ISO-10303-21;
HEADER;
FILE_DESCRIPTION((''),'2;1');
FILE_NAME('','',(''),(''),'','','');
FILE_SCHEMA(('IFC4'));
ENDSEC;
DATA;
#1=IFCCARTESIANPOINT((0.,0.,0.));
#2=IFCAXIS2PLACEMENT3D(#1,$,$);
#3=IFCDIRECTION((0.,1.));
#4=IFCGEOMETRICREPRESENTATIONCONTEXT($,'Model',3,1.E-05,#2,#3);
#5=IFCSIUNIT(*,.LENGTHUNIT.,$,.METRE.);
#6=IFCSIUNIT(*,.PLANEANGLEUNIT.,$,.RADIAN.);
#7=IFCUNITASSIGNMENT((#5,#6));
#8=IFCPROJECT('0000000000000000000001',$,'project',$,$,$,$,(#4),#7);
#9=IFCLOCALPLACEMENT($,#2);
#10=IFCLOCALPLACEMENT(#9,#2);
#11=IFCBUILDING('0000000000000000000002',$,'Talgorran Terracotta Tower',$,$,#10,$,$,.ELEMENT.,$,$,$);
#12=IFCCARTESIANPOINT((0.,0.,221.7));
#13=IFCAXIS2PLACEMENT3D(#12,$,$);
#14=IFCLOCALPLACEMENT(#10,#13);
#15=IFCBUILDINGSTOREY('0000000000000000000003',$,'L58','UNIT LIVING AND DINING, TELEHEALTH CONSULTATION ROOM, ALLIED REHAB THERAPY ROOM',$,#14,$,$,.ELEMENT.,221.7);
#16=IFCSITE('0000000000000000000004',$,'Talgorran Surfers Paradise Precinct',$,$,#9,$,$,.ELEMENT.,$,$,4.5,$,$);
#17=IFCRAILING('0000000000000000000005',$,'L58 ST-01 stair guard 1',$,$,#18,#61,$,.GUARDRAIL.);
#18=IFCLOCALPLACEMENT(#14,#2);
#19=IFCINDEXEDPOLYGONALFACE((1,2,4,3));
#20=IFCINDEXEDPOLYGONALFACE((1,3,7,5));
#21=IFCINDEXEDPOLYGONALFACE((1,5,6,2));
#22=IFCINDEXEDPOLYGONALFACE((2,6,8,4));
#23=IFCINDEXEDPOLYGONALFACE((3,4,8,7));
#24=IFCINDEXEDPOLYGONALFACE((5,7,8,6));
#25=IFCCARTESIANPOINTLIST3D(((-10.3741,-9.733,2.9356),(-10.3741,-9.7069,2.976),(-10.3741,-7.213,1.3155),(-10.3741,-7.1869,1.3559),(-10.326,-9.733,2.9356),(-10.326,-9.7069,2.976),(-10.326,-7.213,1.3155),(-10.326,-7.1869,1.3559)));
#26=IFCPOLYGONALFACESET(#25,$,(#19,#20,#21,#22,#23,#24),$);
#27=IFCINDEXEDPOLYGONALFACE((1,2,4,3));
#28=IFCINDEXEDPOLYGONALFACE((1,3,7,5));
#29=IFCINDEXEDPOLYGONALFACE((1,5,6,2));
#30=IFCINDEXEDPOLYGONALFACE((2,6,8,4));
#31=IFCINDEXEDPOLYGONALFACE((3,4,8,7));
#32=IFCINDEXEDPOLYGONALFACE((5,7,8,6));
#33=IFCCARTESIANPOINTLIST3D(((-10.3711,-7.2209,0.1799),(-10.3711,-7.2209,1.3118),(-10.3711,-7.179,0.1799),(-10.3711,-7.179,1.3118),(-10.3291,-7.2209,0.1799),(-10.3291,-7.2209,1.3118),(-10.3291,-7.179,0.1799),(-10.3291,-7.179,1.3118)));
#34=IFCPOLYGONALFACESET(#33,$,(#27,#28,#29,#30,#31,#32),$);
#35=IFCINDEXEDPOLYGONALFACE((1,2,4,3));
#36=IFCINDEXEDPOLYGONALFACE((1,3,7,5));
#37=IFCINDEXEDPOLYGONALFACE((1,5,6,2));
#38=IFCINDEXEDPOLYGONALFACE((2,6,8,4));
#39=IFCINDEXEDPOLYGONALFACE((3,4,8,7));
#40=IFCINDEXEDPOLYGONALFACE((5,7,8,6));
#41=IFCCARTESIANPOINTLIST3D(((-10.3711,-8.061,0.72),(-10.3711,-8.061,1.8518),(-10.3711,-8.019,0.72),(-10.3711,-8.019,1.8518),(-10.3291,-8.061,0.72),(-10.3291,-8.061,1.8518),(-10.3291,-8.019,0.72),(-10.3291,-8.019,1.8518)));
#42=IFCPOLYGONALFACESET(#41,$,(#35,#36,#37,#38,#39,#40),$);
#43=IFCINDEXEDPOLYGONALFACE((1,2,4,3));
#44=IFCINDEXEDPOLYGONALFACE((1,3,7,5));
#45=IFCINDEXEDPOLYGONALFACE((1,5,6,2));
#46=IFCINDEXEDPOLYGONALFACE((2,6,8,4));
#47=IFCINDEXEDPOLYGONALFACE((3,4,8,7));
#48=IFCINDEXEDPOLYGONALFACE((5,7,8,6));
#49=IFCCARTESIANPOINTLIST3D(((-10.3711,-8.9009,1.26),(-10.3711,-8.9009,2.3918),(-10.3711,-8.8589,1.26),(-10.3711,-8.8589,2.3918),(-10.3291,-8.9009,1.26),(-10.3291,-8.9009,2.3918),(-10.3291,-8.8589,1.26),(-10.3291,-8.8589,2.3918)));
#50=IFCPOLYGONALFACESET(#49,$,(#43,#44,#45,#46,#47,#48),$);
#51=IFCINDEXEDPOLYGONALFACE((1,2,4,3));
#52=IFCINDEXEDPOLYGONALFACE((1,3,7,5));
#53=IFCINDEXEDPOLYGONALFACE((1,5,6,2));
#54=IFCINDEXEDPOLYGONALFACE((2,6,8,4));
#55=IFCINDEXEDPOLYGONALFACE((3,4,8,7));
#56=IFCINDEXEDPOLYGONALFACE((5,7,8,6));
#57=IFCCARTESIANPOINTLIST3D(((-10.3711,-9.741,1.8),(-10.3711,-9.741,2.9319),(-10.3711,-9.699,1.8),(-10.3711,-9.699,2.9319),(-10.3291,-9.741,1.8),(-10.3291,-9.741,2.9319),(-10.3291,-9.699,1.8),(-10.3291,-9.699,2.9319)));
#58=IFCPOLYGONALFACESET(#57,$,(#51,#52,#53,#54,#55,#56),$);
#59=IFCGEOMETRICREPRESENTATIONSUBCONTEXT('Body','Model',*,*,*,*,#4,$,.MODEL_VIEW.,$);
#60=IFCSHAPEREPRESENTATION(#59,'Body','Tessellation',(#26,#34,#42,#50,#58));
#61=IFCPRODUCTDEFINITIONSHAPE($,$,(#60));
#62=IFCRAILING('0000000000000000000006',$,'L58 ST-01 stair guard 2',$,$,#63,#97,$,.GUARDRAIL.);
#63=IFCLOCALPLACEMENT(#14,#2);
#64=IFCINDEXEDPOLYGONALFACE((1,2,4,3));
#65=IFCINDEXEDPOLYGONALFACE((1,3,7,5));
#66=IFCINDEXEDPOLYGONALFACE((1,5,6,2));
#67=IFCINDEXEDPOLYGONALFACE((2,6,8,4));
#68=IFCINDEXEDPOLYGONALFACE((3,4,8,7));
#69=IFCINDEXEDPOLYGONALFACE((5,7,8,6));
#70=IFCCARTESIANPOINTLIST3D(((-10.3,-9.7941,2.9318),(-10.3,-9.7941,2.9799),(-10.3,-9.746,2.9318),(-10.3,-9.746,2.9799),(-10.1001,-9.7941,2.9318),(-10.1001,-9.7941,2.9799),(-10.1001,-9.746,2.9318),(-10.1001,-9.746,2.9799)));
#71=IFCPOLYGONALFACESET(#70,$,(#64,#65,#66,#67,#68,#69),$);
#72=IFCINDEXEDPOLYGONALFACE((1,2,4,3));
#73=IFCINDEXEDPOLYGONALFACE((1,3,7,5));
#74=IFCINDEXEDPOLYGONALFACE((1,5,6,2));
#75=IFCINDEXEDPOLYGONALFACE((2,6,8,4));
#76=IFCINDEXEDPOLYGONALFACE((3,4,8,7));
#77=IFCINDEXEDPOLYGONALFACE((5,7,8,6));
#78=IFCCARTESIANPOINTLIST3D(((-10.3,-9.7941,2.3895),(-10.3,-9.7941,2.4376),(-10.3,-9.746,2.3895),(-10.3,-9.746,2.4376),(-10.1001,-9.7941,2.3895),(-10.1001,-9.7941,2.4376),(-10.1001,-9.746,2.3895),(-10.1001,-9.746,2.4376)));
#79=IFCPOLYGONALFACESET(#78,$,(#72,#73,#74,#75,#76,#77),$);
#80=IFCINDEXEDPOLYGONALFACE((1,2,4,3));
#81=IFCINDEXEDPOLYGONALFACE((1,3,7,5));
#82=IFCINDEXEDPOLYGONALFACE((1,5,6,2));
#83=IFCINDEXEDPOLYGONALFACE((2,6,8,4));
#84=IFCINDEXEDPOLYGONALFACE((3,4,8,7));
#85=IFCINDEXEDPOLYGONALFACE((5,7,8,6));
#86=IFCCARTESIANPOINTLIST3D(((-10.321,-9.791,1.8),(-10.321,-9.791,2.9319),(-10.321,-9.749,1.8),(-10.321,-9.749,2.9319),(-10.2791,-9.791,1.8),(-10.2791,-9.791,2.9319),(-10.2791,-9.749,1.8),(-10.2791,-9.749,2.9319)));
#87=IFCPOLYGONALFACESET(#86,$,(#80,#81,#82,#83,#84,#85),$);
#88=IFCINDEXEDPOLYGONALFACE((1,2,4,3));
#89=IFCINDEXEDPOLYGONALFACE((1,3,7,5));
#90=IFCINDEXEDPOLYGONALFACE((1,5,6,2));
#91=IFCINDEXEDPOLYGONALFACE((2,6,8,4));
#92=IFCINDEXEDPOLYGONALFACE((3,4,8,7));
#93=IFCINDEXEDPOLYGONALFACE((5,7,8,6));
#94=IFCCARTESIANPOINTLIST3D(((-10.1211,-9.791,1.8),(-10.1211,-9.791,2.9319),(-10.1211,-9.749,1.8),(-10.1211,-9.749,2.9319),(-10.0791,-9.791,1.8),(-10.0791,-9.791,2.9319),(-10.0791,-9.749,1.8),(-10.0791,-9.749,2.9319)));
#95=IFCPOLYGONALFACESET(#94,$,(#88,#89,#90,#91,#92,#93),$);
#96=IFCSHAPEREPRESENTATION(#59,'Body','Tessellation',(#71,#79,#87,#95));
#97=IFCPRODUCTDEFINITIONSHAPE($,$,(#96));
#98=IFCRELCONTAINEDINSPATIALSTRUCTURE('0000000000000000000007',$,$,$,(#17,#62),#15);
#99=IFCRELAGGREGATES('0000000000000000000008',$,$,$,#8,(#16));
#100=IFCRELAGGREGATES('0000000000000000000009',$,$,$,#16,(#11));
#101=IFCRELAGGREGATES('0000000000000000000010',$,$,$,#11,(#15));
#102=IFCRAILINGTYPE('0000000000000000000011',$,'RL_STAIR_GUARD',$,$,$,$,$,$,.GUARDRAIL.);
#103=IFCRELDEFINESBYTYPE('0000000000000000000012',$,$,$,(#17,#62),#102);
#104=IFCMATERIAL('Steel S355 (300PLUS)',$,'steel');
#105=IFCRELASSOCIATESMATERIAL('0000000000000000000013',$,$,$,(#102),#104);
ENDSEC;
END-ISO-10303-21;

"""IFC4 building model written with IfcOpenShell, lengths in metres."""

from ifc_helpers import new_model, si_unit, direction, frame, origin, origin_2d, place, context, subcontext, project, spatial, rectangle, extrude, material, type_object, element, save


model = new_model("IFC4")

# Units and contexts
model_context = context("Model", 3, precision=1e-05, world=origin(), true_north=direction((0.0, 1.0)))
body_context = subcontext(model_context, "Body", "Model", "MODEL_VIEW")
ifc_project = project(units=[si_unit("LENGTHUNIT", "METRE"), si_unit("PLANEANGLEUNIT", "RADIAN")], contexts=[model_context])

# Site, building, storey
site_placement = place(None, origin())
site = spatial("IfcSite", under=ifc_project, at=site_placement, Name="Talgorran Surfers Paradise Precinct", CompositionType="ELEMENT", RefElevation=4.5)
building_placement = place(site_placement, origin())
building = spatial("IfcBuilding", under=site, at=building_placement, Name="Talgorran Terracotta Tower", CompositionType="ELEMENT")
storey_placement = place(building_placement, frame((0.0, 0.0, 221.7)))
storey = spatial("IfcBuildingStorey", under=building, at=storey_placement, Name="L58", Description="UNIT LIVING AND DINING, TELEHEALTH CONSULTATION ROOM, ALLIED REHAB THERAPY ROOM", CompositionType="ELEMENT", Elevation=221.7)

# Shared definitions
ifc_material_1 = material(Name="Steel S355 (300PLUS)", Category="steel")

# Railings
railing_type_1 = type_object("IfcRailingType", Name="RL_STAIR_GUARD", PredefinedType="GUARDRAIL", material=ifc_material_1)
railing_1_placement = place(storey_placement, frame((-10.3501, -7.2, 0.1799)))
element("IfcRailing", 1, at=railing_1_placement, inside=storey, type_object=railing_type_1, Name="L58 ST-01 stair guard 1", PredefinedType="GUARDRAIL", context=body_context, shape_type="SweptSolid", body=[
    extrude(rectangle(XDim=0.0481, YDim=0.0481, at=origin_2d()), frame((0.0, 0.0, 1.1558), z_axis=(0.0, -0.841163, 0.540782), x_axis=(1.0, 0.0, 0.0)), (0.0, 0.0, 1.0), 2.9958),
    extrude(rectangle(XDim=0.042, YDim=0.042, at=origin_2d()), origin(), (0.0, 0.0, 1.0), 1.1318),
    extrude(rectangle(XDim=0.042, YDim=0.042, at=origin_2d()), frame((0.0, -0.8401, 0.54)), (0.0, 0.0, 1.0), 1.1318),
    extrude(rectangle(XDim=0.042, YDim=0.042, at=origin_2d()), frame((0.0, -1.6799, 1.0801)), (0.0, 0.0, 1.0), 1.1318),
    extrude(rectangle(XDim=0.042, YDim=0.042, at=origin_2d()), frame((0.0, -2.52, 1.6201)), (0.0, 0.0, 1.0), 1.1318),
])
railing_2_placement = place(storey_placement, frame((-10.3, -9.77, 1.8)))
element("IfcRailing", 2, at=railing_2_placement, inside=storey, type_object=railing_type_1, Name="L58 ST-01 stair guard 2", PredefinedType="GUARDRAIL", context=body_context, shape_type="SweptSolid", body=[
    extrude(rectangle(XDim=0.0481, YDim=0.0481, at=origin_2d()), frame((0.0, 0.0, 1.1558), z_axis=(1.0, 0.0, 0.0), x_axis=(0.0, 1.0, 0.0)), (0.0, 0.0, 1.0), 0.2),
    extrude(rectangle(XDim=0.0481, YDim=0.0481, at=origin_2d()), frame((0.0, 0.0, 0.6135), z_axis=(1.0, 0.0, 0.0), x_axis=(0.0, 1.0, 0.0)), (0.0, 0.0, 1.0), 0.2),
    extrude(rectangle(XDim=0.042, YDim=0.042, at=origin_2d()), origin(), (0.0, 0.0, 1.0), 1.1318),
    extrude(rectangle(XDim=0.042, YDim=0.042, at=origin_2d()), frame((0.2, 0.0, 0.0)), (0.0, 0.0, 1.0), 1.1318),
])

save(model, "model.ifc")
